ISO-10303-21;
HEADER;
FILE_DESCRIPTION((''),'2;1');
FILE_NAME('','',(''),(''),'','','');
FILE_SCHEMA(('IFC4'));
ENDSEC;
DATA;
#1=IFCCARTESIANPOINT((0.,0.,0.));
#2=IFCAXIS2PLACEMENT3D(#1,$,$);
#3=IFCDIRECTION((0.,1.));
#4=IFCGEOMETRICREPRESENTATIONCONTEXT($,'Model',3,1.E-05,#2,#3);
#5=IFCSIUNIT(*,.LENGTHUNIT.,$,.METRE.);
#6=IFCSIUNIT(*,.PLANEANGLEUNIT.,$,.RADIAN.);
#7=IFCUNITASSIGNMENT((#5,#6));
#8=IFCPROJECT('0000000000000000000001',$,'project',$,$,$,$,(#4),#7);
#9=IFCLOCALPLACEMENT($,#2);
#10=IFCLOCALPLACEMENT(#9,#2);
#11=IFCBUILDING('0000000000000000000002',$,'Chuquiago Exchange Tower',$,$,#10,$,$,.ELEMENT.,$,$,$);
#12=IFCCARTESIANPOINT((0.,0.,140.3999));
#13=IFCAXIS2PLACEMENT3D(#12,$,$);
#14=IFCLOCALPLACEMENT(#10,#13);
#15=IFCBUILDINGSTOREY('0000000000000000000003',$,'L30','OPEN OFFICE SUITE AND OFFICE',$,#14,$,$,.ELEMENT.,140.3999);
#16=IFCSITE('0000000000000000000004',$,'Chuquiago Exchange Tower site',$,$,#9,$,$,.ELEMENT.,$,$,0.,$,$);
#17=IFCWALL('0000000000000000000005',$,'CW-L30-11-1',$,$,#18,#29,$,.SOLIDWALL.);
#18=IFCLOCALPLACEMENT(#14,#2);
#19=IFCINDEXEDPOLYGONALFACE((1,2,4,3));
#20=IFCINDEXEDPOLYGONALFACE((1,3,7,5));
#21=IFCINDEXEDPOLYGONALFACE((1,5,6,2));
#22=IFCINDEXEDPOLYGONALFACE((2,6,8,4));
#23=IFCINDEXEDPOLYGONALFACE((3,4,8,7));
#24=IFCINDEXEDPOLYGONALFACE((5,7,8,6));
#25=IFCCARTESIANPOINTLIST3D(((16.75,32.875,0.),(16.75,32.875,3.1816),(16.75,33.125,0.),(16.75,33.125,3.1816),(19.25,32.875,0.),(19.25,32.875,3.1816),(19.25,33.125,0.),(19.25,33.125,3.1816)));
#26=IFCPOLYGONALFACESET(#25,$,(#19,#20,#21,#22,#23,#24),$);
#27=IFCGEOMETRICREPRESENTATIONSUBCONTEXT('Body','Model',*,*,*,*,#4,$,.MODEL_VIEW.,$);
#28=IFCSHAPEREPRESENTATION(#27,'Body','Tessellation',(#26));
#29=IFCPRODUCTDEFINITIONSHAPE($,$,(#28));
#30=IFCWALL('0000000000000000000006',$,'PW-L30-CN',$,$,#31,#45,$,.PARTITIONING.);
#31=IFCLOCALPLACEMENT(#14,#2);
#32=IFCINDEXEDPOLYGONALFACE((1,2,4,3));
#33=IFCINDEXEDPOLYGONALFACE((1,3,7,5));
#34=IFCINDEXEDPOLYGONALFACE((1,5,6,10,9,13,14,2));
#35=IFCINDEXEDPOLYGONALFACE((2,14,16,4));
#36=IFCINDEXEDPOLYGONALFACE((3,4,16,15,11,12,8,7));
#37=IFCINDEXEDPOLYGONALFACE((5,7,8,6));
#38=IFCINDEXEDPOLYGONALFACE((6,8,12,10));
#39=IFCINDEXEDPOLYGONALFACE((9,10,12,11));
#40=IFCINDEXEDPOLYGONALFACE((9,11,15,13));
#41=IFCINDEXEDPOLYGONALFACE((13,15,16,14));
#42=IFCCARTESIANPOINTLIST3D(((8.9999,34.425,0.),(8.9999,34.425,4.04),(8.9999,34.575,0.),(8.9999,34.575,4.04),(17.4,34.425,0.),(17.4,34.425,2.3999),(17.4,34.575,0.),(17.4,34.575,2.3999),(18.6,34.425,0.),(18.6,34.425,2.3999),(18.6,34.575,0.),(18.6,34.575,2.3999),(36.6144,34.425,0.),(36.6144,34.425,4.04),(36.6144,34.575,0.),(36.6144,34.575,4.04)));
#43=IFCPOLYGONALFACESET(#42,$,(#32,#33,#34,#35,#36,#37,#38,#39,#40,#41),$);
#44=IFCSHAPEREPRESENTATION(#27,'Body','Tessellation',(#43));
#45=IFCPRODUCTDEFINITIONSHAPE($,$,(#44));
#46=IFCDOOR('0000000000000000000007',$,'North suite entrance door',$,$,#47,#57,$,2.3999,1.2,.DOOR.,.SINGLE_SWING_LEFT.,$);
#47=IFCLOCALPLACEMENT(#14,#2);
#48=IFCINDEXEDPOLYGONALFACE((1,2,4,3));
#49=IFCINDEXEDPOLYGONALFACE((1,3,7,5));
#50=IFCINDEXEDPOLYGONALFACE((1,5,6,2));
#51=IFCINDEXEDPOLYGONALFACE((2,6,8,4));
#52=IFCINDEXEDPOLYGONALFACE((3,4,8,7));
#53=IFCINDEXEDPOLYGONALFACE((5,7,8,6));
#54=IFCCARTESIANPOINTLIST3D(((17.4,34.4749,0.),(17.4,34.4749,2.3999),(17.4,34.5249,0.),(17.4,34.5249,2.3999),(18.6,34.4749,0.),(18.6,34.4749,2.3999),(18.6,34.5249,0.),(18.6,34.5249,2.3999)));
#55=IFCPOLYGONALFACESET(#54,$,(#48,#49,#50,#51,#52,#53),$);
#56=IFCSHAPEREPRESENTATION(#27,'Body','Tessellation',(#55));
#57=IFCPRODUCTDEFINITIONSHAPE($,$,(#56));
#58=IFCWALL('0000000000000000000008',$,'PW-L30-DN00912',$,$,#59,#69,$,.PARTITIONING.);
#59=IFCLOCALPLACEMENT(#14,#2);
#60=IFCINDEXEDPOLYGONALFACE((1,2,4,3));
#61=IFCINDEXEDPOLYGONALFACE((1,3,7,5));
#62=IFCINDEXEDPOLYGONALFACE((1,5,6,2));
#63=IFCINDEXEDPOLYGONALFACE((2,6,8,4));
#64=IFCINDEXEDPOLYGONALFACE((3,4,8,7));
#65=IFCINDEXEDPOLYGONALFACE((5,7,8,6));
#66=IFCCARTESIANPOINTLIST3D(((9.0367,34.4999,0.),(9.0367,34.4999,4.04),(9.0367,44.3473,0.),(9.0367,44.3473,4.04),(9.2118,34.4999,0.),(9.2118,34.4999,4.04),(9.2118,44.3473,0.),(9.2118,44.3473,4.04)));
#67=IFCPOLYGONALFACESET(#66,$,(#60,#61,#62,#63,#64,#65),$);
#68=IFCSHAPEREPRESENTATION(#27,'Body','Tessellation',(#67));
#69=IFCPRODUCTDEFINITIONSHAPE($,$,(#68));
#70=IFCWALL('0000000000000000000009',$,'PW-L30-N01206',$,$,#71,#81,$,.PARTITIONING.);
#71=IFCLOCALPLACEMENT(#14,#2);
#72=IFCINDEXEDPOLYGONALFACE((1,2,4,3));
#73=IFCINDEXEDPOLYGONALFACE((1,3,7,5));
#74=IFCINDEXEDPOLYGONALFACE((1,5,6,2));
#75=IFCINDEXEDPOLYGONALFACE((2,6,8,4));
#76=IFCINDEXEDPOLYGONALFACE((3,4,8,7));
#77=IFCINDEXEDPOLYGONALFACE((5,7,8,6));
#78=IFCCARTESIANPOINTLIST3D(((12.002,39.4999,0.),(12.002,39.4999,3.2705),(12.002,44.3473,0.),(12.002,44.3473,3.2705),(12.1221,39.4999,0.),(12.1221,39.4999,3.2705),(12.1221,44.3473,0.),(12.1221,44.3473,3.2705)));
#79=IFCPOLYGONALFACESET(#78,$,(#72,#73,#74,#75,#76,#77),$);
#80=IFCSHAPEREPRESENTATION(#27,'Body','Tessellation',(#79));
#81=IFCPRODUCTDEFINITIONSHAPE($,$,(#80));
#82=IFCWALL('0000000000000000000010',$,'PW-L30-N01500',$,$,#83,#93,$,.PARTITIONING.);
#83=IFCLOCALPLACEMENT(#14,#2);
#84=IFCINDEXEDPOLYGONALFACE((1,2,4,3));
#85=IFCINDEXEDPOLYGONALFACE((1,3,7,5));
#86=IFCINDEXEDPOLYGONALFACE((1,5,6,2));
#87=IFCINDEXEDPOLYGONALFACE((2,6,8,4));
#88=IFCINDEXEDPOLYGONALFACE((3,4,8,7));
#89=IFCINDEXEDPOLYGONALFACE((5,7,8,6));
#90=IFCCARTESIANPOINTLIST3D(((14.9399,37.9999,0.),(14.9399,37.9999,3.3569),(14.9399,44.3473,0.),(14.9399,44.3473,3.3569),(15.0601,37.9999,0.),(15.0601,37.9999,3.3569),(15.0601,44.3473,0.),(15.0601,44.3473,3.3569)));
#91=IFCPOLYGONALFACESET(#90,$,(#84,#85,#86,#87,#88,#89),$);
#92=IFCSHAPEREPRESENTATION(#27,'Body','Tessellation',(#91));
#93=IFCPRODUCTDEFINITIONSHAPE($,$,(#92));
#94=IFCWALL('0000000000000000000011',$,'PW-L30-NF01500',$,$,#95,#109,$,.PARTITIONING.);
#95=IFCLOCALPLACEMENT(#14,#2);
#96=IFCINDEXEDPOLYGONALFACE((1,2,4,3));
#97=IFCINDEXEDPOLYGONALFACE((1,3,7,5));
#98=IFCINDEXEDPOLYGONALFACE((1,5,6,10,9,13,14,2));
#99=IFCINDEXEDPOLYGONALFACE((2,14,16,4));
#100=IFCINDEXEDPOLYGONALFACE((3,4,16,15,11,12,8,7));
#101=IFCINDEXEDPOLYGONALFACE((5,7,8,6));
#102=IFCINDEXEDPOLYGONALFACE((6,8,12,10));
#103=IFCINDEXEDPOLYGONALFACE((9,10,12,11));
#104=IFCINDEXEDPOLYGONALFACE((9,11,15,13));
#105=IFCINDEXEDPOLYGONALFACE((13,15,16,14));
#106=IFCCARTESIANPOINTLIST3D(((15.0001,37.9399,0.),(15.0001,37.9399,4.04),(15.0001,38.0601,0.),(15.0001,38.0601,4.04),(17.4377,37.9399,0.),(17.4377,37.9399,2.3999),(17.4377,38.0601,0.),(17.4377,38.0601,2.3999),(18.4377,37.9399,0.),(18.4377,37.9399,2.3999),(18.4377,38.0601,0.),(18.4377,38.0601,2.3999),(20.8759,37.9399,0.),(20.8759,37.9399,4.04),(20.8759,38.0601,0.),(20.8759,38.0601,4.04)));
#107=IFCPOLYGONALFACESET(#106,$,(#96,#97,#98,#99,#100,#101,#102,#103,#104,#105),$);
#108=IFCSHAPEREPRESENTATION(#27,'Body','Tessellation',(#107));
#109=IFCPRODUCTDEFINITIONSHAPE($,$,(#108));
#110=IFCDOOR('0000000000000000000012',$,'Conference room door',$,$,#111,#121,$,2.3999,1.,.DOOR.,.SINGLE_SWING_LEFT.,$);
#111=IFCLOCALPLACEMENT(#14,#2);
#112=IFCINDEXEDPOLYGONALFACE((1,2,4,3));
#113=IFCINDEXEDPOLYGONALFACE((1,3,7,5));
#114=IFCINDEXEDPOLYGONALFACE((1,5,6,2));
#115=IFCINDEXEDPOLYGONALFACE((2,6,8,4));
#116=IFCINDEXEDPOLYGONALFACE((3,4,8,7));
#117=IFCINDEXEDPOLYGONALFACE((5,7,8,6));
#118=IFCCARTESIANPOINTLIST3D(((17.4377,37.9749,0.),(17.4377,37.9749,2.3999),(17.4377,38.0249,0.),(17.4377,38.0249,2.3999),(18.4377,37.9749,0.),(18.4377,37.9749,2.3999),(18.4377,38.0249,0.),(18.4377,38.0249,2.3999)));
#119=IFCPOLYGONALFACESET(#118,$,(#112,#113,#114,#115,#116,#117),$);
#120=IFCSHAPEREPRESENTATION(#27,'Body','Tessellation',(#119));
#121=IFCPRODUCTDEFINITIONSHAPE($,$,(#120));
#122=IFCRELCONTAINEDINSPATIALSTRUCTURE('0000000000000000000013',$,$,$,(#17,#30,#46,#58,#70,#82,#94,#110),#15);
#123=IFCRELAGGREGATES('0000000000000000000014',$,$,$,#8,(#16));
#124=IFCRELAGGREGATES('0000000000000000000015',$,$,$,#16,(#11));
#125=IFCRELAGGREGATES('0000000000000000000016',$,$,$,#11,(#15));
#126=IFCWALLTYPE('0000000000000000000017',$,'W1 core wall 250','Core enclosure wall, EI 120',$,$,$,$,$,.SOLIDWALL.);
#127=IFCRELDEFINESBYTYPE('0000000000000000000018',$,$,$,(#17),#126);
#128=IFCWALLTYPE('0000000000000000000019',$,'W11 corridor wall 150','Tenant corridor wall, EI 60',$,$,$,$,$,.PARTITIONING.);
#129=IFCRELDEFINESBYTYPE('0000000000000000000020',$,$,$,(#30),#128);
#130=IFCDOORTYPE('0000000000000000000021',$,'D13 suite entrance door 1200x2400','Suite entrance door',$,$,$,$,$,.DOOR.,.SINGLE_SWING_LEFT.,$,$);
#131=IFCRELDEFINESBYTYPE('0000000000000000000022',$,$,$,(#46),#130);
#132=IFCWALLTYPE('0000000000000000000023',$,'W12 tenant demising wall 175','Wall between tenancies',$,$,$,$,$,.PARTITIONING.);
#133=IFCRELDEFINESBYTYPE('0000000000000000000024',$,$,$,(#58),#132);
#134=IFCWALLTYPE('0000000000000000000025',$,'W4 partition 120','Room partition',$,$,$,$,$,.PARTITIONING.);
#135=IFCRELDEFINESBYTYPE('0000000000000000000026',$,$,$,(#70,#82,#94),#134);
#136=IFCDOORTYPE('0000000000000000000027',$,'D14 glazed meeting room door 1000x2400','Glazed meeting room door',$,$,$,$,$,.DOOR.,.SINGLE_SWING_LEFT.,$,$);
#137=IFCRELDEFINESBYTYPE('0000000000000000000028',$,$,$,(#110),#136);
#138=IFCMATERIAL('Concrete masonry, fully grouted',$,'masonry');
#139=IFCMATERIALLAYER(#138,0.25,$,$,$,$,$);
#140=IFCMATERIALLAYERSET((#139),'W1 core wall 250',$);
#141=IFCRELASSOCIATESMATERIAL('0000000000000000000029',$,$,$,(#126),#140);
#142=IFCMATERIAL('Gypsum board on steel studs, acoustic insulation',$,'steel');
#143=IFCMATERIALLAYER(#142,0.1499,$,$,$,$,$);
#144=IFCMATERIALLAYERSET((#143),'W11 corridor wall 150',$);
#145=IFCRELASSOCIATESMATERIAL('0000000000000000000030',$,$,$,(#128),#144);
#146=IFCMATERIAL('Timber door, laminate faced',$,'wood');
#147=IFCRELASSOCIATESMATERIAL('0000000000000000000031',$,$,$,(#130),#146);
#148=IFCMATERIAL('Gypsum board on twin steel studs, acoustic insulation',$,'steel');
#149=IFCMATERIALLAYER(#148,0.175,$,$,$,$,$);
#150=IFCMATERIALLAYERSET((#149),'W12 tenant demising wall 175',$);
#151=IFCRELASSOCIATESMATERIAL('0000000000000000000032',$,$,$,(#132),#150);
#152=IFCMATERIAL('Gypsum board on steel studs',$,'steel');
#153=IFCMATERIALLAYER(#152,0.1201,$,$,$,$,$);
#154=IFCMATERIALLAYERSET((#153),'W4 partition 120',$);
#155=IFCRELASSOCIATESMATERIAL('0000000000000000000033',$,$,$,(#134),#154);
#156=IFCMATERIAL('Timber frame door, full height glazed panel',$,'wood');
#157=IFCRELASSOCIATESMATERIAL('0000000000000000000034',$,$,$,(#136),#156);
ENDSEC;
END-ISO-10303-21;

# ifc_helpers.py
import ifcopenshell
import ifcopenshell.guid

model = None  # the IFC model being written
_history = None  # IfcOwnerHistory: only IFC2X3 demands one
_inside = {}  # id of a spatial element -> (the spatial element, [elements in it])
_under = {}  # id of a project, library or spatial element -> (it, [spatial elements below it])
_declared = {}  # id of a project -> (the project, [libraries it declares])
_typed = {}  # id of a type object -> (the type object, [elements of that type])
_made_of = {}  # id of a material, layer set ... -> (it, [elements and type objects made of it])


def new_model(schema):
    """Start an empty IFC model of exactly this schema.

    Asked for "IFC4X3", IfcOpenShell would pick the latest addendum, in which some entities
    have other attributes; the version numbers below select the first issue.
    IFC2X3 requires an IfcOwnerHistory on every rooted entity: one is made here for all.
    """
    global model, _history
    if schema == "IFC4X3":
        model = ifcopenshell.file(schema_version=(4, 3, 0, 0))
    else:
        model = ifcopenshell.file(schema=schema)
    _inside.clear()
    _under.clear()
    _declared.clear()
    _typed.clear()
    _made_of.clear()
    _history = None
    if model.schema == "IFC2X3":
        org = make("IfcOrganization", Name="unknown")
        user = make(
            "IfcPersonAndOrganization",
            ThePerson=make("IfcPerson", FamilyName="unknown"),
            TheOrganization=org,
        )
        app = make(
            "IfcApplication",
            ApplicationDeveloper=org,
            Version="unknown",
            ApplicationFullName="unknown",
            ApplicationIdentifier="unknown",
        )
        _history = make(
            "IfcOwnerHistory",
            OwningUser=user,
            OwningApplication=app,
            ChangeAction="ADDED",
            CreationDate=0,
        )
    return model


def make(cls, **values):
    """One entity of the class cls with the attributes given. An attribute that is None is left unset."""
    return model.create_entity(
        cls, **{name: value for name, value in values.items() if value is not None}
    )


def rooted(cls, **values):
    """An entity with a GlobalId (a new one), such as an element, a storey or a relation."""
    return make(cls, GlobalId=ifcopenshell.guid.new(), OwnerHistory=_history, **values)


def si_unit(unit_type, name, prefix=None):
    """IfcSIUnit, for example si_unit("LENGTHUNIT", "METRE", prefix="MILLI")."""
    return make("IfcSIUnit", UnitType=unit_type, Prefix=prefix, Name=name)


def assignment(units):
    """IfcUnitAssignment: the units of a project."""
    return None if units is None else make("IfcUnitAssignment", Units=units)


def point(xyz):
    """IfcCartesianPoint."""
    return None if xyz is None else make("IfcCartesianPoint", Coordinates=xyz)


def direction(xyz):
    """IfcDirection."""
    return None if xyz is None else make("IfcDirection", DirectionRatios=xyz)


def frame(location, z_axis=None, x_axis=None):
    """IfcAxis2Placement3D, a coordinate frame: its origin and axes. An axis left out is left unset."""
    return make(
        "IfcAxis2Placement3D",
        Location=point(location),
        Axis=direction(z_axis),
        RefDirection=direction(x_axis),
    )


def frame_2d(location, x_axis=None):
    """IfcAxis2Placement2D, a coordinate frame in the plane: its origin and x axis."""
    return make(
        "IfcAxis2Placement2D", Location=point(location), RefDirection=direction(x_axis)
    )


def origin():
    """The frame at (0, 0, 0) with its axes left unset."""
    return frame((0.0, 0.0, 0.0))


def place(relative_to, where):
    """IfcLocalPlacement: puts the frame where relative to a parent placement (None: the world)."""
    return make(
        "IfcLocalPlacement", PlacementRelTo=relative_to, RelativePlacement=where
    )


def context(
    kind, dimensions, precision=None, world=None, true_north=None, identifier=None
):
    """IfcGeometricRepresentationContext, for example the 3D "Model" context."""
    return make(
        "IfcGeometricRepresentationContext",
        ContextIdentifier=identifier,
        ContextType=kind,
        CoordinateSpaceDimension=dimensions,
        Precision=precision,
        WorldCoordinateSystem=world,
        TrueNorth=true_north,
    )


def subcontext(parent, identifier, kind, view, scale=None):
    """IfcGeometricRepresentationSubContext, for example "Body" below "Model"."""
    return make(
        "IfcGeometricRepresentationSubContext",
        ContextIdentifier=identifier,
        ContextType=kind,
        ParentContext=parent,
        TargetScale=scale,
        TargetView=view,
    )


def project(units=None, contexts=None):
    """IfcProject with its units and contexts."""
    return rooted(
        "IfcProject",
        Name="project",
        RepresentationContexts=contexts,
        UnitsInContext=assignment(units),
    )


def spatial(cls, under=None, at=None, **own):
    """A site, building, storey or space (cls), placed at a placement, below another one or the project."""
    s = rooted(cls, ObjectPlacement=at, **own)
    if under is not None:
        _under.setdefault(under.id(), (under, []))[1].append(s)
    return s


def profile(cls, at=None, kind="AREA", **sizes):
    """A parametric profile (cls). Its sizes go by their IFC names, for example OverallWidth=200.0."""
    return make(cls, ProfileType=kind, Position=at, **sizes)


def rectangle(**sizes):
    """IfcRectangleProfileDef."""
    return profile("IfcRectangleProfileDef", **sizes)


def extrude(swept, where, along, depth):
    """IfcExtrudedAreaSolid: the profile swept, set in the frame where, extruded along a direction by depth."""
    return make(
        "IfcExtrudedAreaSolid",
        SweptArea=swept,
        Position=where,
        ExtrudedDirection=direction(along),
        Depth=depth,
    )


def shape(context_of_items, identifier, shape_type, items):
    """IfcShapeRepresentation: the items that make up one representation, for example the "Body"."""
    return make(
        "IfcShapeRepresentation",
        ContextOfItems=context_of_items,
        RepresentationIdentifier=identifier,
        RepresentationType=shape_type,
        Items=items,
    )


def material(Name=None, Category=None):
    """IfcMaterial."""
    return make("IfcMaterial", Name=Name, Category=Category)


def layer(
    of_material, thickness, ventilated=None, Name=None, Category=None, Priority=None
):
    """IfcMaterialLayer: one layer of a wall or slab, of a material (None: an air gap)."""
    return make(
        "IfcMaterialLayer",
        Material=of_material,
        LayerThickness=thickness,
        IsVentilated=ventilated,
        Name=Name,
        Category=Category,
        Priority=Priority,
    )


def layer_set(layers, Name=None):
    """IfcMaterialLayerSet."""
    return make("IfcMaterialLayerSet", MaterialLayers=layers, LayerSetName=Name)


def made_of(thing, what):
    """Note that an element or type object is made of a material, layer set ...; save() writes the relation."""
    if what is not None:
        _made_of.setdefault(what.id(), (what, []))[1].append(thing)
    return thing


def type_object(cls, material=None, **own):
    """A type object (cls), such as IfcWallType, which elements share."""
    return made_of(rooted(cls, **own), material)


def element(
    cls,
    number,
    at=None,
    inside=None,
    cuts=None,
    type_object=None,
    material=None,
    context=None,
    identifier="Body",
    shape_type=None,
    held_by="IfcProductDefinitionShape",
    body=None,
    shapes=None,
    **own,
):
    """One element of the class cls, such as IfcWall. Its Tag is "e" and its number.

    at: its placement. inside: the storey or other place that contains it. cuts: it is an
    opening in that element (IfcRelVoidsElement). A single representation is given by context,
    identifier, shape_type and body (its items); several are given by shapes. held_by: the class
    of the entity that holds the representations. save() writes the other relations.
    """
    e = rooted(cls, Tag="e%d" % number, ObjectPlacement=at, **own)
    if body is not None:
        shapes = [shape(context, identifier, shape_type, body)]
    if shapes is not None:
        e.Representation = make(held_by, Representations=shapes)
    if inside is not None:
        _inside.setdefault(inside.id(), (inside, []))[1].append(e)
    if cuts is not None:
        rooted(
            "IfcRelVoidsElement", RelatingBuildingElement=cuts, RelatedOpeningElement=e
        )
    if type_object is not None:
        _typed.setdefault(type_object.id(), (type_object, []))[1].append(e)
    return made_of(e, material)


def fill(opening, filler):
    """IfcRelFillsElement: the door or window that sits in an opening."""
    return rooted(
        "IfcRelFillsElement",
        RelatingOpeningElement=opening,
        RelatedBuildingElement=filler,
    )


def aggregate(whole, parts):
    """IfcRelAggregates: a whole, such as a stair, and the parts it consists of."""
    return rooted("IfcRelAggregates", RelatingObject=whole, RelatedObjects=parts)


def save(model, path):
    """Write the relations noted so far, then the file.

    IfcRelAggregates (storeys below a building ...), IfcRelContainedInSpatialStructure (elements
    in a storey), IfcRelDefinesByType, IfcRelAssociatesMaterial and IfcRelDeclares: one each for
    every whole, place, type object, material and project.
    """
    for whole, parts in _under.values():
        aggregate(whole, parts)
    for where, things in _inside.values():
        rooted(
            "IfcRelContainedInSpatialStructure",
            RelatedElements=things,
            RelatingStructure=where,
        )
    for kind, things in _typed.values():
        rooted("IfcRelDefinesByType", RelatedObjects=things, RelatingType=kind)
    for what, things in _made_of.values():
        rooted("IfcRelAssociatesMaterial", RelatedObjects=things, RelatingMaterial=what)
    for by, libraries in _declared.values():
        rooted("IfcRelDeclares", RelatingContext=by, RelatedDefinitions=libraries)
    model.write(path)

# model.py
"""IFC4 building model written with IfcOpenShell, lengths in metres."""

from ifc_helpers import new_model, si_unit, direction, frame, frame_2d, origin, place, context, subcontext, project, spatial, rectangle, extrude, material, layer, layer_set, type_object, element, fill, save


model = new_model("IFC4")

# Units and contexts
model_context = context("Model", 3, precision=1e-05, world=origin(), true_north=direction((0.0, 1.0)))
body_context = subcontext(model_context, "Body", "Model", "MODEL_VIEW")
ifc_project = project(units=[si_unit("LENGTHUNIT", "METRE"), si_unit("PLANEANGLEUNIT", "RADIAN")], contexts=[model_context])

# Site, building, storey
site_placement = place(None, origin())
site = spatial("IfcSite", under=ifc_project, at=site_placement, Name="Chuquiago Exchange Tower site", CompositionType="ELEMENT", RefElevation=0.0)
building_placement = place(site_placement, origin())
building = spatial("IfcBuilding", under=site, at=building_placement, Name="Chuquiago Exchange Tower", CompositionType="ELEMENT")
storey_placement = place(building_placement, frame((0.0, 0.0, 140.3999)))
storey = spatial("IfcBuildingStorey", under=building, at=storey_placement, Name="L30", Description="OPEN OFFICE SUITE AND OFFICE", CompositionType="ELEMENT", Elevation=140.3999)

# Wall
ifc_material_1 = material(Name="Concrete masonry, fully grouted", Category="masonry")
ifc_layer_1 = layer(ifc_material_1, 0.25)
ifc_layer_set_1 = layer_set([ifc_layer_1], Name="W1 core wall 250")
wall_type_1 = type_object("IfcWallType", Name="W1 core wall 250", Description="Core enclosure wall, EI 120", PredefinedType="SOLIDWALL", material=ifc_layer_set_1)
wall_1_placement = place(storey_placement, frame((16.75, 33.0, 0.0), z_axis=(0.0, 0.0, 1.0), x_axis=(1.0, 0.0, 0.0)))
element("IfcWall", 1, at=wall_1_placement, inside=storey, type_object=wall_type_1, Name="CW-L30-11-1", PredefinedType="SOLIDWALL", context=body_context, shape_type="SweptSolid", body=[
    extrude(rectangle(XDim=2.5, YDim=0.25, at=frame_2d((1.25, 0.0))), origin(), (0.0, 0.0, 1.0), 3.1816),
])

# Wall, opening, door
ifc_material_2 = material(Name="Gypsum board on steel studs, acoustic insulation", Category="steel")
ifc_layer_2 = layer(ifc_material_2, 0.1499)
ifc_layer_set_2 = layer_set([ifc_layer_2], Name="W11 corridor wall 150")
wall_type_2 = type_object("IfcWallType", Name="W11 corridor wall 150", Description="Tenant corridor wall, EI 60", PredefinedType="PARTITIONING", material=ifc_layer_set_2)
wall_2_placement = place(storey_placement, frame((9.0, 34.5, 0.0), z_axis=(0.0, 0.0, 1.0), x_axis=(1.0, 0.0, 0.0)))
wall_2 = element("IfcWall", 2, at=wall_2_placement, inside=storey, type_object=wall_type_2, Name="PW-L30-CN", PredefinedType="PARTITIONING", context=body_context, shape_type="SweptSolid", body=[
    extrude(rectangle(XDim=27.6145, YDim=0.1499, at=frame_2d((13.8071, 0.0))), origin(), (0.0, 0.0, 1.0), 4.04),
])
opening_1_placement = place(wall_2_placement, frame((8.3999, 0.0, 0.0)))
opening_1 = element("IfcOpeningElement", 3, at=opening_1_placement, cuts=wall_2, PredefinedType="OPENING", context=body_context, shape_type="SweptSolid", body=[
    extrude(rectangle(XDim=1.2, YDim=2.3999, at=frame_2d((0.6001, 1.2))), frame((0.0, 0.085, 0.0), z_axis=(0.0, -1.0, 0.0), x_axis=(1.0, 0.0, 0.0)), (0.0, 0.0, 1.0), 0.1699),
])
ifc_material_3 = material(Name="Timber door, laminate faced", Category="wood")
door_type_1 = type_object("IfcDoorType", Name="D13 suite entrance door 1200x2400", Description="Suite entrance door", OperationType="SINGLE_SWING_LEFT", PredefinedType="DOOR", material=ifc_material_3)
door_1_placement = place(opening_1_placement, origin())
door_1 = element("IfcDoor", 4, at=door_1_placement, inside=storey, type_object=door_type_1, Name="North suite entrance door", OperationType="SINGLE_SWING_LEFT", OverallHeight=2.3999, OverallWidth=1.2, PredefinedType="DOOR", context=body_context, shape_type="SweptSolid", body=[
    extrude(rectangle(XDim=1.2, YDim=2.3999, at=frame_2d((0.6001, 1.2))), frame((0.0, 0.0249, 0.0), z_axis=(0.0, -1.0, 0.0), x_axis=(1.0, 0.0, 0.0)), (0.0, 0.0, 1.0), 0.05),
])
fill(opening_1, door_1)

# Walls
ifc_material_4 = material(Name="Gypsum board on twin steel studs, acoustic insulation", Category="steel")
ifc_layer_3 = layer(ifc_material_4, 0.175)
ifc_layer_set_3 = layer_set([ifc_layer_3], Name="W12 tenant demising wall 175")
wall_type_3 = type_object("IfcWallType", Name="W12 tenant demising wall 175", Description="Wall between tenancies", PredefinedType="PARTITIONING", material=ifc_layer_set_3)
wall_3_placement = place(storey_placement, frame((9.1243, 44.3474, 0.0), z_axis=(0.0, 0.0, 1.0), x_axis=(0.0, -1.0, 0.0)))
element("IfcWall", 5, at=wall_3_placement, inside=storey, type_object=wall_type_3, Name="PW-L30-DN00912", PredefinedType="PARTITIONING", context=body_context, shape_type="SweptSolid", body=[
    extrude(rectangle(XDim=9.8474, YDim=0.175, at=frame_2d((4.9238, 0.0))), origin(), (0.0, 0.0, 1.0), 4.04),
])
ifc_material_5 = material(Name="Gypsum board on steel studs", Category="steel")
ifc_layer_4 = layer(ifc_material_5, 0.1201)
ifc_layer_set_4 = layer_set([ifc_layer_4], Name="W4 partition 120")
wall_type_4 = type_object("IfcWallType", Name="W4 partition 120", Description="Room partition", PredefinedType="PARTITIONING", material=ifc_layer_set_4)
wall_4_placement = place(storey_placement, frame((12.062, 44.3474, 0.0), z_axis=(0.0, 0.0, 1.0), x_axis=(0.0, -1.0, 0.0)))
element("IfcWall", 6, at=wall_4_placement, inside=storey, type_object=wall_type_4, Name="PW-L30-N01206", PredefinedType="PARTITIONING", context=body_context, shape_type="SweptSolid", body=[
    extrude(rectangle(XDim=4.8474, YDim=0.1201, at=frame_2d((2.4238, 0.0))), origin(), (0.0, 0.0, 1.0), 3.2705),
])
wall_5_placement = place(storey_placement, frame((15.0, 44.3474, 0.0), z_axis=(0.0, 0.0, 1.0), x_axis=(0.0, -1.0, 0.0)))
element("IfcWall", 7, at=wall_5_placement, inside=storey, type_object=wall_type_4, Name="PW-L30-N01500", PredefinedType="PARTITIONING", context=body_context, shape_type="SweptSolid", body=[
    extrude(rectangle(XDim=6.3474, YDim=0.1201, at=frame_2d((3.1738, 0.0))), origin(), (0.0, 0.0, 1.0), 3.3569),
])

# Wall, opening, door
wall_6_placement = place(storey_placement, frame((15.0, 38.0, 0.0), z_axis=(0.0, 0.0, 1.0), x_axis=(1.0, 0.0, 0.0)))
wall_6 = element("IfcWall", 8, at=wall_6_placement, inside=storey, type_object=wall_type_4, Name="PW-L30-NF01500", PredefinedType="PARTITIONING", context=body_context, shape_type="SweptSolid", body=[
    extrude(rectangle(XDim=5.8757, YDim=0.1201, at=frame_2d((2.938, 0.0))), origin(), (0.0, 0.0, 1.0), 4.04),
])
opening_2_placement = place(wall_6_placement, frame((2.4377, 0.0, 0.0)))
opening_2 = element("IfcOpeningElement", 9, at=opening_2_placement, cuts=wall_6, PredefinedType="OPENING", context=body_context, shape_type="SweptSolid", body=[
    extrude(rectangle(XDim=1.0, YDim=2.3999, at=frame_2d((0.5, 1.2))), frame((0.0, 0.0701, 0.0), z_axis=(0.0, -1.0, 0.0), x_axis=(1.0, 0.0, 0.0)), (0.0, 0.0, 1.0), 0.1401),
])
ifc_material_6 = material(Name="Timber frame door, full height glazed panel", Category="wood")
door_type_2 = type_object("IfcDoorType", Name="D14 glazed meeting room door 1000x2400", Description="Glazed meeting room door", OperationType="SINGLE_SWING_LEFT", PredefinedType="DOOR", material=ifc_material_6)
door_2_placement = place(opening_2_placement, origin())
door_2 = element("IfcDoor", 10, at=door_2_placement, inside=storey, type_object=door_type_2, Name="Conference room door", OperationType="SINGLE_SWING_LEFT", OverallHeight=2.3999, OverallWidth=1.0, PredefinedType="DOOR", context=body_context, shape_type="SweptSolid", body=[
    extrude(rectangle(XDim=1.0, YDim=2.3999, at=frame_2d((0.5, 1.2))), frame((0.0, 0.0249, 0.0), z_axis=(0.0, -1.0, 0.0), x_axis=(1.0, 0.0, 0.0)), (0.0, 0.0, 1.0), 0.05),
])
fill(opening_2, door_2)

save(model, "model.ifc")
